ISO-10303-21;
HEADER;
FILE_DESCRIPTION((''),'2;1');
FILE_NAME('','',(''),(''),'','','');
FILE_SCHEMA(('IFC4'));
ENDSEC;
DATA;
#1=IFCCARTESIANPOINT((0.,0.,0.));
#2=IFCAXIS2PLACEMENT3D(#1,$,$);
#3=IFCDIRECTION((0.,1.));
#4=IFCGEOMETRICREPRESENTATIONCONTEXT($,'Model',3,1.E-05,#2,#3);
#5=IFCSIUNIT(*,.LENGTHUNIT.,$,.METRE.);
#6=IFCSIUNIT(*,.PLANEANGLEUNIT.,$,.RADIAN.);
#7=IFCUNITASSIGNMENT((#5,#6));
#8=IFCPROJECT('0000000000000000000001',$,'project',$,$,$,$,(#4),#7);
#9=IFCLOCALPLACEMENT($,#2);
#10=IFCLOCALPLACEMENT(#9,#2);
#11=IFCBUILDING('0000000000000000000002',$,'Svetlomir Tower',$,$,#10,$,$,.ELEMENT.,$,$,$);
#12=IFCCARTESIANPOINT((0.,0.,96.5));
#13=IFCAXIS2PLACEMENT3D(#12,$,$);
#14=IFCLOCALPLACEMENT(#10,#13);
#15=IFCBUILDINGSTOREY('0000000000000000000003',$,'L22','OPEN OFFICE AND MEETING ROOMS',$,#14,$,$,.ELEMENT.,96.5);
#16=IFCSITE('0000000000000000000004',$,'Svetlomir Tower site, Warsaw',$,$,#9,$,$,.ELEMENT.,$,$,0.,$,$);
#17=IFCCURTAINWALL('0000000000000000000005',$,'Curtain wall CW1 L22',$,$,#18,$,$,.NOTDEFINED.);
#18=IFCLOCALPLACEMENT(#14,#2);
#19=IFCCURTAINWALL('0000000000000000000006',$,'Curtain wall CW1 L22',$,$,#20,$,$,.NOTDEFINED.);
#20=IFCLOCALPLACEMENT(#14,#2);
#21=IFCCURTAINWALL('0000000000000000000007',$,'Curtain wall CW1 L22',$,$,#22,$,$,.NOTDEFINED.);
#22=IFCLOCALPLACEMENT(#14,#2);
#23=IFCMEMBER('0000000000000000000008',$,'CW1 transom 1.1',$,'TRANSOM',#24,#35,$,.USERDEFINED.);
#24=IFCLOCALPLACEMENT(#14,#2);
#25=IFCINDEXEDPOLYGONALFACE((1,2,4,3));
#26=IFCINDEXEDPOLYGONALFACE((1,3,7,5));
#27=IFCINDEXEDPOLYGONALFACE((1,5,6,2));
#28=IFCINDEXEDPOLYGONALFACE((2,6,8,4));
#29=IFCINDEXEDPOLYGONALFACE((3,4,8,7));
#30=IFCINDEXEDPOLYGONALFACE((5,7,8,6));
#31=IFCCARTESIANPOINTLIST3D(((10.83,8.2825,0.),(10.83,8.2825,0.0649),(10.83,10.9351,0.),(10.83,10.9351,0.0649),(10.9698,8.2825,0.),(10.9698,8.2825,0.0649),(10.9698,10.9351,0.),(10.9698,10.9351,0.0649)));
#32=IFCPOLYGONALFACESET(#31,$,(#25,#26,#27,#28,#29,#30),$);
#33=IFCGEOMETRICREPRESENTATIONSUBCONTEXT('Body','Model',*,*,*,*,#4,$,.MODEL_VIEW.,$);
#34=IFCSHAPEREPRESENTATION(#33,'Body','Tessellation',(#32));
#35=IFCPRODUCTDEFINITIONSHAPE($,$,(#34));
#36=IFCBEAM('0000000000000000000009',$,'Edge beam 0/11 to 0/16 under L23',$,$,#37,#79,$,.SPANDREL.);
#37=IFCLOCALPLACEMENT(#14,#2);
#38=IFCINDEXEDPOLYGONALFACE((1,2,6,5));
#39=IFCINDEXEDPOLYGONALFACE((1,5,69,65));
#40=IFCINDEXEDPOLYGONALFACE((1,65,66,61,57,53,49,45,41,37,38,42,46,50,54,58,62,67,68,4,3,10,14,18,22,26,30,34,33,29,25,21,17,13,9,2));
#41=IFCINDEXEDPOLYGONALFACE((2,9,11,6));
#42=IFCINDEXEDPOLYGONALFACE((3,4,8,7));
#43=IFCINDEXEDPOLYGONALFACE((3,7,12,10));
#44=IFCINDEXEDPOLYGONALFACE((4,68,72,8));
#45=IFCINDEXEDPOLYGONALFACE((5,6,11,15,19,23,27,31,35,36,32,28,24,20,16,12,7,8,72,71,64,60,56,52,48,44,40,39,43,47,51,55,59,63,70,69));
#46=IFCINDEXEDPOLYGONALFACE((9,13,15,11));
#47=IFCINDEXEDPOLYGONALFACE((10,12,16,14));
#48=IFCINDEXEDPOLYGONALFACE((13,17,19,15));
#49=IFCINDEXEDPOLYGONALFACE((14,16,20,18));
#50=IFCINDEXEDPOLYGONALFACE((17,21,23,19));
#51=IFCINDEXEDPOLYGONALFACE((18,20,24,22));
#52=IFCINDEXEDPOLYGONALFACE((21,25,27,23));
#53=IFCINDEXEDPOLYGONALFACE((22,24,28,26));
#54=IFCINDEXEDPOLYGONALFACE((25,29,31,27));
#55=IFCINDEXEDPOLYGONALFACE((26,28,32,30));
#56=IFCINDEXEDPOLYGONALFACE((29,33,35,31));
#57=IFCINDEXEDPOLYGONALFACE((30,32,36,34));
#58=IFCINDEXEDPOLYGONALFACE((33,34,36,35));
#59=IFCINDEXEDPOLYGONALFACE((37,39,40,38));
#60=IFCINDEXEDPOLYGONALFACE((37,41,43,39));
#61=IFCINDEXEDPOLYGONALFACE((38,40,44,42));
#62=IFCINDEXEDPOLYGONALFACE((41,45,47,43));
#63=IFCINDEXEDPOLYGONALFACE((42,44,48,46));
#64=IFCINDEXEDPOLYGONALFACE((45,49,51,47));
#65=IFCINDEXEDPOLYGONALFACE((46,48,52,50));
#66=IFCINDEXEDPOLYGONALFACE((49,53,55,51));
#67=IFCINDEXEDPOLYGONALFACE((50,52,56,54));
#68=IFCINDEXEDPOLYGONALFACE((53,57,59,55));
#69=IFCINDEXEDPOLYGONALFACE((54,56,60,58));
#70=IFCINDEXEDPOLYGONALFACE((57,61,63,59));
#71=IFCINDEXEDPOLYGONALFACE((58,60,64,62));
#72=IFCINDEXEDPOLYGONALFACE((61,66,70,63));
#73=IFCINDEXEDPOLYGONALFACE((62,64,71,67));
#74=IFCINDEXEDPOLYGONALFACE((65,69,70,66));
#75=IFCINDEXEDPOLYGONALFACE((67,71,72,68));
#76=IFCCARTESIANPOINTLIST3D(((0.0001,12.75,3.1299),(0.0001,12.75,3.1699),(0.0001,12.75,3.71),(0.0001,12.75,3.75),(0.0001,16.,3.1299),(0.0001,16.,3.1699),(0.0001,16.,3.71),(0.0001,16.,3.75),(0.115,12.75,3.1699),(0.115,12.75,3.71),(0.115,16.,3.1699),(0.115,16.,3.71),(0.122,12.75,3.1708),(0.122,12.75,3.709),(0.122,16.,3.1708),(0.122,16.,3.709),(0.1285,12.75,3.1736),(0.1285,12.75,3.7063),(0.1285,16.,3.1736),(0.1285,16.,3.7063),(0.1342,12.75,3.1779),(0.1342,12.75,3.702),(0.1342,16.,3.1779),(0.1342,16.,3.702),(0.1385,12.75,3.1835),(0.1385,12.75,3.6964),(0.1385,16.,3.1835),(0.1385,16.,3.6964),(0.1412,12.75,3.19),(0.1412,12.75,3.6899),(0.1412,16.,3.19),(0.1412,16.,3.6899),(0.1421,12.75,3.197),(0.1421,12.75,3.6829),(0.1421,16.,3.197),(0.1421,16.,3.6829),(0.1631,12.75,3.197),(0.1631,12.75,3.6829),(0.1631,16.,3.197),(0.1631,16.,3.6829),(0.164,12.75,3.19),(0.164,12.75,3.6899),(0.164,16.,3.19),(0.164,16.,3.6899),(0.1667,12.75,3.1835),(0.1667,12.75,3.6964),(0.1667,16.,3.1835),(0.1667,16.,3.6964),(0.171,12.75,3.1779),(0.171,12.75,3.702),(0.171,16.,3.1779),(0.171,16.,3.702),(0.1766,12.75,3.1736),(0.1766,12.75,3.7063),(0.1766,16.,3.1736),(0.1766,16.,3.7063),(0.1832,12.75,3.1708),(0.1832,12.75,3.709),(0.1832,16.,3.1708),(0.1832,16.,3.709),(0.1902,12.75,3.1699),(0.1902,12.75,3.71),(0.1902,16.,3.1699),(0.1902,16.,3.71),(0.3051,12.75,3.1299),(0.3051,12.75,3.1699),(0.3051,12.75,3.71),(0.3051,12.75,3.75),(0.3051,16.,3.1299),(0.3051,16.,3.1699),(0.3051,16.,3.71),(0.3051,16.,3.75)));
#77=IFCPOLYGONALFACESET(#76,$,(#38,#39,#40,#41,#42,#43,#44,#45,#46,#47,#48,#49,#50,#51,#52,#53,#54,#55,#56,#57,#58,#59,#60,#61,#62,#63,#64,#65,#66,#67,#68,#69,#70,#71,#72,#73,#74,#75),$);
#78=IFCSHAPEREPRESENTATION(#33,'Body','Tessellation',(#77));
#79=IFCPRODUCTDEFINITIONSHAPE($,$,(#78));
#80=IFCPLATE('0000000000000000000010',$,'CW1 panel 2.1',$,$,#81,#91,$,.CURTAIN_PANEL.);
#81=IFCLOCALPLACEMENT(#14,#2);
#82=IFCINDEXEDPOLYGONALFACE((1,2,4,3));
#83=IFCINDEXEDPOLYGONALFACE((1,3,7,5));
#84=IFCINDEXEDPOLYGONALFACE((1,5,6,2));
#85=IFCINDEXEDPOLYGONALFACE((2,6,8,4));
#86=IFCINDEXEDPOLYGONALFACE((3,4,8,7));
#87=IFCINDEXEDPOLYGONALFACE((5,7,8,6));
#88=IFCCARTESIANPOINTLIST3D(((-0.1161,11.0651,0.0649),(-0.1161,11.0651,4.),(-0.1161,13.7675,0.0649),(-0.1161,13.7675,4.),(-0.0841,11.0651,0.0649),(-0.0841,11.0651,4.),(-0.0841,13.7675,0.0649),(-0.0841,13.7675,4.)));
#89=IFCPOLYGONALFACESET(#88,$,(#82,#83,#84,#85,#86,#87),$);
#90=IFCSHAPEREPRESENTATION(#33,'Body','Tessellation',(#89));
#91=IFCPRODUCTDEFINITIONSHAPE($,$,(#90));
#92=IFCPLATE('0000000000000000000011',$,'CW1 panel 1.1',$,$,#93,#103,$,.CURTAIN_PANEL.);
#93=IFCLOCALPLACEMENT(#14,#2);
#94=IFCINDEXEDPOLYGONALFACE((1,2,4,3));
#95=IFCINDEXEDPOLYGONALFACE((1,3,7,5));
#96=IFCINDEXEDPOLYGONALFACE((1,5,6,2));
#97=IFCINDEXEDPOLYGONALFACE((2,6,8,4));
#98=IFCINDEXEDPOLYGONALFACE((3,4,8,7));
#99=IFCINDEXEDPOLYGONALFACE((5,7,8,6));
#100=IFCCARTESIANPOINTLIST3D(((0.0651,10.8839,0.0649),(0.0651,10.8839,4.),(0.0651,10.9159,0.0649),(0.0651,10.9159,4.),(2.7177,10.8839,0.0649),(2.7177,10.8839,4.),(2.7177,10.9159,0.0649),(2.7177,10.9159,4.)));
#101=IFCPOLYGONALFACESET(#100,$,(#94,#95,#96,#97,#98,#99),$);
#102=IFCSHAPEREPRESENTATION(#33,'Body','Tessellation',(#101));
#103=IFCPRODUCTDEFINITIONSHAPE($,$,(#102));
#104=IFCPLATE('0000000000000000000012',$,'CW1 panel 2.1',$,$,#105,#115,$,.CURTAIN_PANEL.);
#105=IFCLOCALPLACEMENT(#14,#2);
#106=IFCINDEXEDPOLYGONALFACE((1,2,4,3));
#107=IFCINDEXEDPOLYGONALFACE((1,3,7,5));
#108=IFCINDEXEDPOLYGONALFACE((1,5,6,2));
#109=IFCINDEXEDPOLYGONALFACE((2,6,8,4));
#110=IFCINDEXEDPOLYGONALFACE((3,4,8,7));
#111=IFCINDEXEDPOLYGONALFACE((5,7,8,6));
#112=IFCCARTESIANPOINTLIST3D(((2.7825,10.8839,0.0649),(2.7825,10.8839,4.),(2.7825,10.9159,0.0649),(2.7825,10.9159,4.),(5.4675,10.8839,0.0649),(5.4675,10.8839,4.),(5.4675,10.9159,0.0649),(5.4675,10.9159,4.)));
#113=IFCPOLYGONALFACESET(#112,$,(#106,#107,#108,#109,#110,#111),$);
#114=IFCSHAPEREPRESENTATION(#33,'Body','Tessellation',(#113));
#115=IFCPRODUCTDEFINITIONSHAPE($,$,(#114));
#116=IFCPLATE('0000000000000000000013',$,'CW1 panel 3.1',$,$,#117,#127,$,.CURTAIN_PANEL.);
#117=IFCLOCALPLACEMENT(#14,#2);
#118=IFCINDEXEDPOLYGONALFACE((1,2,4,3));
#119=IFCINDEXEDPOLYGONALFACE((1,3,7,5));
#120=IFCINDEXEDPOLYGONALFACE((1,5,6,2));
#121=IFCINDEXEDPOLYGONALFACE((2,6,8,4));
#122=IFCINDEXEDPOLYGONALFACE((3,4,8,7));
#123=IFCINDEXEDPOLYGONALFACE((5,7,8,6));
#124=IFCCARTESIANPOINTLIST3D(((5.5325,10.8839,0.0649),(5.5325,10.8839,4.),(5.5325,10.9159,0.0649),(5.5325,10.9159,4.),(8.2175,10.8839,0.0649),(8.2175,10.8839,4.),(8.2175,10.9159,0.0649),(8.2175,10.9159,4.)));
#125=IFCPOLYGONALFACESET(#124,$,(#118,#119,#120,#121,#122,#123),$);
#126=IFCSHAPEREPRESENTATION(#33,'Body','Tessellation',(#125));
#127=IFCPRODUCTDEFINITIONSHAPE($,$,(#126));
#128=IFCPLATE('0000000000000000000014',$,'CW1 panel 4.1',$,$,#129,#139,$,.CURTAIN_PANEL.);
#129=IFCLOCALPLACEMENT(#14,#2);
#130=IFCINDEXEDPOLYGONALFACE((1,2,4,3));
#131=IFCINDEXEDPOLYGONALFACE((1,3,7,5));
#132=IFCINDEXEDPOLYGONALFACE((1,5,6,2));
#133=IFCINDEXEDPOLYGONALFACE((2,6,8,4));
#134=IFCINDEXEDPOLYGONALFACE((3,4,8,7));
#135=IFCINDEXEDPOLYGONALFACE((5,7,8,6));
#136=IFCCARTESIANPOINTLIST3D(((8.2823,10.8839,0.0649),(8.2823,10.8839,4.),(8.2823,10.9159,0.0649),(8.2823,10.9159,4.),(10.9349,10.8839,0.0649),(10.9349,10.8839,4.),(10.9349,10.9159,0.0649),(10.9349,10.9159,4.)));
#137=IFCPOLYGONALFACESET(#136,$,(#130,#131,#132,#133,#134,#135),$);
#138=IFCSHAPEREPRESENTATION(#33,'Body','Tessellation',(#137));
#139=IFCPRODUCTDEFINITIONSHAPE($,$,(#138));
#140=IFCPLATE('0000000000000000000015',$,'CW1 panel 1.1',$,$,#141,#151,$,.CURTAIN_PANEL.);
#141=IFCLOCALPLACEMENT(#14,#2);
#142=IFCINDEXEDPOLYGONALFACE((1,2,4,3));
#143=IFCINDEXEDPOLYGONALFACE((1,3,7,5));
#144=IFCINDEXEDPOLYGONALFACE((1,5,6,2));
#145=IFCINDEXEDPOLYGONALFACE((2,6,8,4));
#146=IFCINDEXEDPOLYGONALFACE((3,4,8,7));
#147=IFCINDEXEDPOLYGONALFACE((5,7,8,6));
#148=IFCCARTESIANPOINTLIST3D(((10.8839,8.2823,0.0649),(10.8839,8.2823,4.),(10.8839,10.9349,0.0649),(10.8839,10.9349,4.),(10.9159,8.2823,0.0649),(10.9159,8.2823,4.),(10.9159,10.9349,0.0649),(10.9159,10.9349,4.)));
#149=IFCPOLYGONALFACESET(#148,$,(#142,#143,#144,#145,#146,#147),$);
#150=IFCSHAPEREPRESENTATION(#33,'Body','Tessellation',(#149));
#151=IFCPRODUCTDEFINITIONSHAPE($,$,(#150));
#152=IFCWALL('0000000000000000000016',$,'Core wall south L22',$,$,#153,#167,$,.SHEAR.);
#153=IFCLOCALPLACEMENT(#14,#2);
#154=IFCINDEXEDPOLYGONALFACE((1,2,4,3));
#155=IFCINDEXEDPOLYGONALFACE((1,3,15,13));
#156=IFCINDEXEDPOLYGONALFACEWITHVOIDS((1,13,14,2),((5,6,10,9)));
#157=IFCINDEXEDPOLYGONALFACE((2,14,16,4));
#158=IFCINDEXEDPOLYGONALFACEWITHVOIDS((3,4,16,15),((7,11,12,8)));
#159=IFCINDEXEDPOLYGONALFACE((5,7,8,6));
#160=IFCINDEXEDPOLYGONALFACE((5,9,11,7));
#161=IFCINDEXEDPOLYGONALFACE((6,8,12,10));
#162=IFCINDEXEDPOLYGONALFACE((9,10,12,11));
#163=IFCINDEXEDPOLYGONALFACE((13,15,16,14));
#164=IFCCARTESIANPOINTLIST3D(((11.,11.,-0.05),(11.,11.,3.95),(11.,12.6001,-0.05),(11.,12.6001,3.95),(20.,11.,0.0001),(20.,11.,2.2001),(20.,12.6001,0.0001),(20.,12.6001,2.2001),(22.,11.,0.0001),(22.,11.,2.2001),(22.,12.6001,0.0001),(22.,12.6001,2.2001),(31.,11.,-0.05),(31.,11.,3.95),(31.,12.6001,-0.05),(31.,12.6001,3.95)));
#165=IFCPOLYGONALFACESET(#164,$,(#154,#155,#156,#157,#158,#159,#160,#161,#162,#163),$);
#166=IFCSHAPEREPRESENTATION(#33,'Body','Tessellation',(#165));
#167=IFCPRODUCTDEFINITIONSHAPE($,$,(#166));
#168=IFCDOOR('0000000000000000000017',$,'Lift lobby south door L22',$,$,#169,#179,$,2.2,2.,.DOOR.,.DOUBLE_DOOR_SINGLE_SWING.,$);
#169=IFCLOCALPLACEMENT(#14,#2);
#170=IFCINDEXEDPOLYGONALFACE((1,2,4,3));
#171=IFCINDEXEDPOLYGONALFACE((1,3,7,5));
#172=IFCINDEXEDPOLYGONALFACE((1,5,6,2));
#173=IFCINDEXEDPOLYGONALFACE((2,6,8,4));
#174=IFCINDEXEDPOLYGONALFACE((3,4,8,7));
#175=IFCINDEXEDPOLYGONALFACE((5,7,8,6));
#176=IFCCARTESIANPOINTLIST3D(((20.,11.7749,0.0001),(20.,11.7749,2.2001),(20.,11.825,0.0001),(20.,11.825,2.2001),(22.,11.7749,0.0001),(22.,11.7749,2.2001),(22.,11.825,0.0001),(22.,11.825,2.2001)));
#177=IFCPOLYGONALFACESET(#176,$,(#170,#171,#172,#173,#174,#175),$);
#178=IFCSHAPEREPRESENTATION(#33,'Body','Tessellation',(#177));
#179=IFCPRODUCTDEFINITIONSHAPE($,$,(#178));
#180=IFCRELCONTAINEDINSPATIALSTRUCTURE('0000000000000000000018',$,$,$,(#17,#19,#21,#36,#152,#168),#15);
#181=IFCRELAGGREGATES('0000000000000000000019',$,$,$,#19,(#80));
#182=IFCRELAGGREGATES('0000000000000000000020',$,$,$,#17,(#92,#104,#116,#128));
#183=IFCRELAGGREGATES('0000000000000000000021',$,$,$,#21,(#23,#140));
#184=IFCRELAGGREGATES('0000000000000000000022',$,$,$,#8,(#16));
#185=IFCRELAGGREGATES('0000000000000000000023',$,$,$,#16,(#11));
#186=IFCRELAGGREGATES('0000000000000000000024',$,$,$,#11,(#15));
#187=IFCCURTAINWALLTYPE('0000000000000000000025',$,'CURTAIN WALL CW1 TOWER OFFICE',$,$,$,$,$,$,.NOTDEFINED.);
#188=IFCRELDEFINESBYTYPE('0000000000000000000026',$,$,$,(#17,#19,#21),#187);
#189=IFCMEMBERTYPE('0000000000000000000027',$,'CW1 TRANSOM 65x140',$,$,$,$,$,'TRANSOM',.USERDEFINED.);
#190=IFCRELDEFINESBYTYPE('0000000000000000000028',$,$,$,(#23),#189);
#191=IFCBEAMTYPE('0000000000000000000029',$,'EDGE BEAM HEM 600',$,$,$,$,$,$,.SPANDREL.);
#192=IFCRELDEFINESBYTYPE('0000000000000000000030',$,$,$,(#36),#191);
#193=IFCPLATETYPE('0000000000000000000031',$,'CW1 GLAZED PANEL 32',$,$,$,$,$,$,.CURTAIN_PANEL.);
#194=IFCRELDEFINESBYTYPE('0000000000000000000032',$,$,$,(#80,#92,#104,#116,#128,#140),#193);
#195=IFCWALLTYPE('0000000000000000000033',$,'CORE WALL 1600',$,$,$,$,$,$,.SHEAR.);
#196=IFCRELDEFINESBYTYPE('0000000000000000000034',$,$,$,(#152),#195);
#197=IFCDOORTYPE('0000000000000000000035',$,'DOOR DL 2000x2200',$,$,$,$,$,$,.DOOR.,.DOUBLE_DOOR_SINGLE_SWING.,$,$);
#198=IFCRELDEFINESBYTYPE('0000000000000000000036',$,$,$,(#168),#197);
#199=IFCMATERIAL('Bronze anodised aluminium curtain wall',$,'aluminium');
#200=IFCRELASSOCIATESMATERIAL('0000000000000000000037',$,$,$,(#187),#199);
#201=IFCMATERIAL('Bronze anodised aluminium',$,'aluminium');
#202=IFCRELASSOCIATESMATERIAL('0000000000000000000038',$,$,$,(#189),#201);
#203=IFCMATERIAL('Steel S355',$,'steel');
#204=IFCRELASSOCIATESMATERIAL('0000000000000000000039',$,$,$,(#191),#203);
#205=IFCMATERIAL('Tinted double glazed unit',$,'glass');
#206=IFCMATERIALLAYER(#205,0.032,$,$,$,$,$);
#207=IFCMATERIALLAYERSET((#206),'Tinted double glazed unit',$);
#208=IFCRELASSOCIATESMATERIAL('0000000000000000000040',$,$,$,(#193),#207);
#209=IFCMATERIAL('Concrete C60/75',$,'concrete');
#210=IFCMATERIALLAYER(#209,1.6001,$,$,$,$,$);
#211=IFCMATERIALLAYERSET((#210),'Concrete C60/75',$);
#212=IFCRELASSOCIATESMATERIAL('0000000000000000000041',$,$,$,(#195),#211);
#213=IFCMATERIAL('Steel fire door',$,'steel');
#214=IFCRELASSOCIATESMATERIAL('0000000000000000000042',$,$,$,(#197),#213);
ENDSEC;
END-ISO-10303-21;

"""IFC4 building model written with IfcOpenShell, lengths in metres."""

from ifc_helpers import new_model, si_unit, direction, frame, frame_2d, origin, origin_2d, place, context, subcontext, project, spatial, rectangle, i_section, extrude, material, layer, layer_set, material_profile, profile_set, type_object, element, fill, aggregate, save


model = new_model("IFC4")

# Units and contexts
model_context = context("Model", 3, precision=1e-05, world=origin(), true_north=direction((0.0, 1.0)))
body_context = subcontext(model_context, "Body", "Model", "MODEL_VIEW")
ifc_project = project(units=[si_unit("LENGTHUNIT", "METRE"), si_unit("PLANEANGLEUNIT", "RADIAN")], contexts=[model_context])

# Site, building, storey
site_placement = place(None, origin())
site = spatial("IfcSite", under=ifc_project, at=site_placement, Name="Svetlomir Tower site, Warsaw", CompositionType="ELEMENT", RefElevation=0.0)
building_placement = place(site_placement, origin())
building = spatial("IfcBuilding", under=site, at=building_placement, Name="Svetlomir Tower", CompositionType="ELEMENT")
storey_placement = place(building_placement, frame((0.0, 0.0, 96.5)))
storey = spatial("IfcBuildingStorey", under=building, at=storey_placement, Name="L22", Description="OPEN OFFICE AND MEETING ROOMS", CompositionType="ELEMENT", Elevation=96.5)

# Curtain walls
ifc_material_1 = material(Name="Bronze anodised aluminium curtain wall", Category="aluminium")
curtain_wall_type = type_object("IfcCurtainWallType", Name="CURTAIN WALL CW1 TOWER OFFICE", PredefinedType="NOTDEFINED", material=ifc_material_1)
curtain_wall_1_placement = place(storey_placement, origin())
curtain_wall_1 = element("IfcCurtainWall", 1, at=curtain_wall_1_placement, inside=storey, type_object=curtain_wall_type, Name="Curtain wall CW1 L22", PredefinedType="NOTDEFINED")
curtain_wall_2_placement = place(storey_placement, origin())
curtain_wall_2 = element("IfcCurtainWall", 2, at=curtain_wall_2_placement, inside=storey, type_object=curtain_wall_type, Name="Curtain wall CW1 L22", PredefinedType="NOTDEFINED")

# Curtain wall
curtain_wall_3_placement = place(storey_placement, origin())
curtain_wall_3 = element("IfcCurtainWall", 3, at=curtain_wall_3_placement, inside=storey, type_object=curtain_wall_type, Name="Curtain wall CW1 L22", PredefinedType="NOTDEFINED")

# Member
ifc_material_2 = material(Name="Bronze anodised aluminium", Category="aluminium")
ifc_material_profile_1 = material_profile(ifc_material_2, rectangle(XDim=0.1399, YDim=0.0649, at=origin_2d()), Name="AL 140x65")
ifc_profile_set_1 = profile_set([ifc_material_profile_1], Name="Bronze anodised aluminium 6063-T6")
member_type_1 = type_object("IfcMemberType", Name="CW1 TRANSOM 65x140", ElementType="TRANSOM", PredefinedType="USERDEFINED", material=ifc_profile_set_1)
member_1_placement = place(storey_placement, frame((10.8999, 10.9351, 0.0325), z_axis=(0.0, -1.0, 0.0), x_axis=(1.0, 0.0, 0.0)))
member_1 = element("IfcMember", 4, at=member_1_placement, type_object=member_type_1, Name="CW1 transom 1.1", ObjectType="TRANSOM", PredefinedType="USERDEFINED", context=body_context, shape_type="SweptSolid", body=[
    extrude(rectangle(XDim=0.1399, YDim=0.0649, at=origin_2d()), origin(), (0.0, 0.0, 1.0), 2.6526),
])

# Beam
ifc_material_3 = material(Name="Steel S355", Category="steel")
ifc_material_profile_2 = material_profile(ifc_material_3, i_section(OverallWidth=0.3049, OverallDepth=0.6201, WebThickness=0.021, FlangeThickness=0.04, FilletRadius=0.0271, at=origin_2d()), Name="HEM 600")
ifc_profile_set_2 = profile_set([ifc_material_profile_2], Name="Steel S355")
beam_type = type_object("IfcBeamType", Name="EDGE BEAM HEM 600", PredefinedType="SPANDREL", material=ifc_profile_set_2)
beam_placement = place(storey_placement, frame((0.1526, 12.75, 3.4399), z_axis=(0.0, 1.0, 0.0), x_axis=(-1.0, 0.0, 0.0)))
element("IfcBeam", 5, at=beam_placement, inside=storey, type_object=beam_type, Name="Edge beam 0/11 to 0/16 under L23", PredefinedType="SPANDREL", context=body_context, shape_type="SweptSolid", body=[
    extrude(i_section(OverallWidth=0.3049, OverallDepth=0.6201, WebThickness=0.021, FlangeThickness=0.04, FilletRadius=0.0271, at=origin_2d()), origin(), (0.0, 0.0, 1.0), 3.25),
])

# Plates
ifc_material_4 = material(Name="Tinted double glazed unit", Category="glass")
ifc_layer_1 = layer(ifc_material_4, 0.032)
ifc_layer_set_1 = layer_set([ifc_layer_1], Name="Tinted double glazed unit")
plate_type = type_object("IfcPlateType", Name="CW1 GLAZED PANEL 32", PredefinedType="CURTAIN_PANEL", material=ifc_layer_set_1)
plate_1_placement = place(storey_placement, frame((-0.1001, 12.4163, 0.0649), z_axis=(0.0, 0.0, 1.0), x_axis=(0.0, -1.0, 0.0)))
plate_1 = element("IfcPlate", 6, at=plate_1_placement, type_object=plate_type, Name="CW1 panel 2.1", PredefinedType="CURTAIN_PANEL", context=body_context, shape_type="SweptSolid", body=[
    extrude(rectangle(XDim=2.7024, YDim=0.032, at=origin_2d()), origin(), (0.0, 0.0, 1.0), 3.9351),
])
aggregate(curtain_wall_2, [plate_1])
plate_2_placement = place(storey_placement, frame((1.3914, 10.8999, 0.0649), z_axis=(0.0, 0.0, 1.0), x_axis=(1.0, 0.0, 0.0)))
plate_2 = element("IfcPlate", 7, at=plate_2_placement, type_object=plate_type, Name="CW1 panel 1.1", PredefinedType="CURTAIN_PANEL", context=body_context, shape_type="SweptSolid", body=[
    extrude(rectangle(XDim=2.6526, YDim=0.032, at=origin_2d()), origin(), (0.0, 0.0, 1.0), 3.9351),
])
plate_3_placement = place(storey_placement, frame((4.125, 10.8999, 0.0649), z_axis=(0.0, 0.0, 1.0), x_axis=(1.0, 0.0, 0.0)))
plate_3 = element("IfcPlate", 8, at=plate_3_placement, type_object=plate_type, Name="CW1 panel 2.1", PredefinedType="CURTAIN_PANEL", context=body_context, shape_type="SweptSolid", body=[
    extrude(rectangle(XDim=2.6851, YDim=0.032, at=origin_2d()), origin(), (0.0, 0.0, 1.0), 3.9351),
])
plate_4_placement = place(storey_placement, frame((6.875, 10.8999, 0.0649), z_axis=(0.0, 0.0, 1.0), x_axis=(1.0, 0.0, 0.0)))
plate_4 = element("IfcPlate", 9, at=plate_4_placement, type_object=plate_type, Name="CW1 panel 3.1", PredefinedType="CURTAIN_PANEL", context=body_context, shape_type="SweptSolid", body=[
    extrude(rectangle(XDim=2.6851, YDim=0.032, at=origin_2d()), origin(), (0.0, 0.0, 1.0), 3.9351),
])
plate_5_placement = place(storey_placement, frame((9.6086, 10.8999, 0.0649), z_axis=(0.0, 0.0, 1.0), x_axis=(1.0, 0.0, 0.0)))
plate_5 = element("IfcPlate", 10, at=plate_5_placement, type_object=plate_type, Name="CW1 panel 4.1", PredefinedType="CURTAIN_PANEL", context=body_context, shape_type="SweptSolid", body=[
    extrude(rectangle(XDim=2.6526, YDim=0.032, at=origin_2d()), origin(), (0.0, 0.0, 1.0), 3.9351),
])
aggregate(curtain_wall_1, [plate_2, plate_3, plate_4, plate_5])
plate_6_placement = place(storey_placement, frame((10.8999, 9.6086, 0.0649), z_axis=(0.0, 0.0, 1.0), x_axis=(0.0, -1.0, 0.0)))
plate_6 = element("IfcPlate", 11, at=plate_6_placement, type_object=plate_type, Name="CW1 panel 1.1", PredefinedType="CURTAIN_PANEL", context=body_context, shape_type="SweptSolid", body=[
    extrude(rectangle(XDim=2.6526, YDim=0.032, at=origin_2d()), origin(), (0.0, 0.0, 1.0), 3.9351),
])
aggregate(curtain_wall_3, [member_1, plate_6])

# Wall, opening, door
ifc_material_5 = material(Name="Concrete C60/75", Category="concrete")
ifc_layer_2 = layer(ifc_material_5, 1.6001)
ifc_layer_set_2 = layer_set([ifc_layer_2], Name="Concrete C60/75")
wall_type_1 = type_object("IfcWallType", Name="CORE WALL 1600", PredefinedType="SHEAR", material=ifc_layer_set_2)
wall_1_placement = place(storey_placement, frame((11.0, 11.8, -0.05), z_axis=(0.0, 0.0, 1.0), x_axis=(1.0, 0.0, 0.0)))
wall_1 = element("IfcWall", 12, at=wall_1_placement, inside=storey, type_object=wall_type_1, Name="Core wall south L22", PredefinedType="SHEAR", context=body_context, shape_type="SweptSolid", body=[
    extrude(rectangle(XDim=20.0, YDim=1.6001, at=frame_2d((10.0, 0.0))), origin(), (0.0, 0.0, 1.0), 4.0),
])
opening_1_placement = place(wall_1_placement, frame((9.0, 0.0, 0.05)))
opening_1 = element("IfcOpeningElement", 13, at=opening_1_placement, cuts=wall_1, PredefinedType="OPENING", context=body_context, shape_type="SweptSolid", body=[
    extrude(rectangle(XDim=2.0, YDim=2.2, at=frame_2d((1.0, 1.1001))), frame((0.0, 0.8101, 0.0), z_axis=(0.0, -1.0, 0.0), x_axis=(1.0, 0.0, 0.0)), (0.0, 0.0, 1.0), 1.6201),
])
ifc_material_6 = material(Name="Steel fire door", Category="steel")
door_type_1 = type_object("IfcDoorType", Name="DOOR DL 2000x2200", OperationType="DOUBLE_DOOR_SINGLE_SWING", PredefinedType="DOOR", material=ifc_material_6)
door_1_placement = place(opening_1_placement, origin())
door_1 = element("IfcDoor", 14, at=door_1_placement, inside=storey, type_object=door_type_1, Name="Lift lobby south door L22", OperationType="DOUBLE_DOOR_SINGLE_SWING", OverallHeight=2.2, OverallWidth=2.0, PredefinedType="DOOR", context=body_context, shape_type="SweptSolid", body=[
    extrude(rectangle(XDim=2.0, YDim=2.2, at=frame_2d((1.0, 1.1001))), frame((0.0, 0.0249, 0.0), z_axis=(0.0, -1.0, 0.0), x_axis=(1.0, 0.0, 0.0)), (0.0, 0.0, 1.0), 0.05),
])
fill(opening_1, door_1)

save(model, "model.ifc")
